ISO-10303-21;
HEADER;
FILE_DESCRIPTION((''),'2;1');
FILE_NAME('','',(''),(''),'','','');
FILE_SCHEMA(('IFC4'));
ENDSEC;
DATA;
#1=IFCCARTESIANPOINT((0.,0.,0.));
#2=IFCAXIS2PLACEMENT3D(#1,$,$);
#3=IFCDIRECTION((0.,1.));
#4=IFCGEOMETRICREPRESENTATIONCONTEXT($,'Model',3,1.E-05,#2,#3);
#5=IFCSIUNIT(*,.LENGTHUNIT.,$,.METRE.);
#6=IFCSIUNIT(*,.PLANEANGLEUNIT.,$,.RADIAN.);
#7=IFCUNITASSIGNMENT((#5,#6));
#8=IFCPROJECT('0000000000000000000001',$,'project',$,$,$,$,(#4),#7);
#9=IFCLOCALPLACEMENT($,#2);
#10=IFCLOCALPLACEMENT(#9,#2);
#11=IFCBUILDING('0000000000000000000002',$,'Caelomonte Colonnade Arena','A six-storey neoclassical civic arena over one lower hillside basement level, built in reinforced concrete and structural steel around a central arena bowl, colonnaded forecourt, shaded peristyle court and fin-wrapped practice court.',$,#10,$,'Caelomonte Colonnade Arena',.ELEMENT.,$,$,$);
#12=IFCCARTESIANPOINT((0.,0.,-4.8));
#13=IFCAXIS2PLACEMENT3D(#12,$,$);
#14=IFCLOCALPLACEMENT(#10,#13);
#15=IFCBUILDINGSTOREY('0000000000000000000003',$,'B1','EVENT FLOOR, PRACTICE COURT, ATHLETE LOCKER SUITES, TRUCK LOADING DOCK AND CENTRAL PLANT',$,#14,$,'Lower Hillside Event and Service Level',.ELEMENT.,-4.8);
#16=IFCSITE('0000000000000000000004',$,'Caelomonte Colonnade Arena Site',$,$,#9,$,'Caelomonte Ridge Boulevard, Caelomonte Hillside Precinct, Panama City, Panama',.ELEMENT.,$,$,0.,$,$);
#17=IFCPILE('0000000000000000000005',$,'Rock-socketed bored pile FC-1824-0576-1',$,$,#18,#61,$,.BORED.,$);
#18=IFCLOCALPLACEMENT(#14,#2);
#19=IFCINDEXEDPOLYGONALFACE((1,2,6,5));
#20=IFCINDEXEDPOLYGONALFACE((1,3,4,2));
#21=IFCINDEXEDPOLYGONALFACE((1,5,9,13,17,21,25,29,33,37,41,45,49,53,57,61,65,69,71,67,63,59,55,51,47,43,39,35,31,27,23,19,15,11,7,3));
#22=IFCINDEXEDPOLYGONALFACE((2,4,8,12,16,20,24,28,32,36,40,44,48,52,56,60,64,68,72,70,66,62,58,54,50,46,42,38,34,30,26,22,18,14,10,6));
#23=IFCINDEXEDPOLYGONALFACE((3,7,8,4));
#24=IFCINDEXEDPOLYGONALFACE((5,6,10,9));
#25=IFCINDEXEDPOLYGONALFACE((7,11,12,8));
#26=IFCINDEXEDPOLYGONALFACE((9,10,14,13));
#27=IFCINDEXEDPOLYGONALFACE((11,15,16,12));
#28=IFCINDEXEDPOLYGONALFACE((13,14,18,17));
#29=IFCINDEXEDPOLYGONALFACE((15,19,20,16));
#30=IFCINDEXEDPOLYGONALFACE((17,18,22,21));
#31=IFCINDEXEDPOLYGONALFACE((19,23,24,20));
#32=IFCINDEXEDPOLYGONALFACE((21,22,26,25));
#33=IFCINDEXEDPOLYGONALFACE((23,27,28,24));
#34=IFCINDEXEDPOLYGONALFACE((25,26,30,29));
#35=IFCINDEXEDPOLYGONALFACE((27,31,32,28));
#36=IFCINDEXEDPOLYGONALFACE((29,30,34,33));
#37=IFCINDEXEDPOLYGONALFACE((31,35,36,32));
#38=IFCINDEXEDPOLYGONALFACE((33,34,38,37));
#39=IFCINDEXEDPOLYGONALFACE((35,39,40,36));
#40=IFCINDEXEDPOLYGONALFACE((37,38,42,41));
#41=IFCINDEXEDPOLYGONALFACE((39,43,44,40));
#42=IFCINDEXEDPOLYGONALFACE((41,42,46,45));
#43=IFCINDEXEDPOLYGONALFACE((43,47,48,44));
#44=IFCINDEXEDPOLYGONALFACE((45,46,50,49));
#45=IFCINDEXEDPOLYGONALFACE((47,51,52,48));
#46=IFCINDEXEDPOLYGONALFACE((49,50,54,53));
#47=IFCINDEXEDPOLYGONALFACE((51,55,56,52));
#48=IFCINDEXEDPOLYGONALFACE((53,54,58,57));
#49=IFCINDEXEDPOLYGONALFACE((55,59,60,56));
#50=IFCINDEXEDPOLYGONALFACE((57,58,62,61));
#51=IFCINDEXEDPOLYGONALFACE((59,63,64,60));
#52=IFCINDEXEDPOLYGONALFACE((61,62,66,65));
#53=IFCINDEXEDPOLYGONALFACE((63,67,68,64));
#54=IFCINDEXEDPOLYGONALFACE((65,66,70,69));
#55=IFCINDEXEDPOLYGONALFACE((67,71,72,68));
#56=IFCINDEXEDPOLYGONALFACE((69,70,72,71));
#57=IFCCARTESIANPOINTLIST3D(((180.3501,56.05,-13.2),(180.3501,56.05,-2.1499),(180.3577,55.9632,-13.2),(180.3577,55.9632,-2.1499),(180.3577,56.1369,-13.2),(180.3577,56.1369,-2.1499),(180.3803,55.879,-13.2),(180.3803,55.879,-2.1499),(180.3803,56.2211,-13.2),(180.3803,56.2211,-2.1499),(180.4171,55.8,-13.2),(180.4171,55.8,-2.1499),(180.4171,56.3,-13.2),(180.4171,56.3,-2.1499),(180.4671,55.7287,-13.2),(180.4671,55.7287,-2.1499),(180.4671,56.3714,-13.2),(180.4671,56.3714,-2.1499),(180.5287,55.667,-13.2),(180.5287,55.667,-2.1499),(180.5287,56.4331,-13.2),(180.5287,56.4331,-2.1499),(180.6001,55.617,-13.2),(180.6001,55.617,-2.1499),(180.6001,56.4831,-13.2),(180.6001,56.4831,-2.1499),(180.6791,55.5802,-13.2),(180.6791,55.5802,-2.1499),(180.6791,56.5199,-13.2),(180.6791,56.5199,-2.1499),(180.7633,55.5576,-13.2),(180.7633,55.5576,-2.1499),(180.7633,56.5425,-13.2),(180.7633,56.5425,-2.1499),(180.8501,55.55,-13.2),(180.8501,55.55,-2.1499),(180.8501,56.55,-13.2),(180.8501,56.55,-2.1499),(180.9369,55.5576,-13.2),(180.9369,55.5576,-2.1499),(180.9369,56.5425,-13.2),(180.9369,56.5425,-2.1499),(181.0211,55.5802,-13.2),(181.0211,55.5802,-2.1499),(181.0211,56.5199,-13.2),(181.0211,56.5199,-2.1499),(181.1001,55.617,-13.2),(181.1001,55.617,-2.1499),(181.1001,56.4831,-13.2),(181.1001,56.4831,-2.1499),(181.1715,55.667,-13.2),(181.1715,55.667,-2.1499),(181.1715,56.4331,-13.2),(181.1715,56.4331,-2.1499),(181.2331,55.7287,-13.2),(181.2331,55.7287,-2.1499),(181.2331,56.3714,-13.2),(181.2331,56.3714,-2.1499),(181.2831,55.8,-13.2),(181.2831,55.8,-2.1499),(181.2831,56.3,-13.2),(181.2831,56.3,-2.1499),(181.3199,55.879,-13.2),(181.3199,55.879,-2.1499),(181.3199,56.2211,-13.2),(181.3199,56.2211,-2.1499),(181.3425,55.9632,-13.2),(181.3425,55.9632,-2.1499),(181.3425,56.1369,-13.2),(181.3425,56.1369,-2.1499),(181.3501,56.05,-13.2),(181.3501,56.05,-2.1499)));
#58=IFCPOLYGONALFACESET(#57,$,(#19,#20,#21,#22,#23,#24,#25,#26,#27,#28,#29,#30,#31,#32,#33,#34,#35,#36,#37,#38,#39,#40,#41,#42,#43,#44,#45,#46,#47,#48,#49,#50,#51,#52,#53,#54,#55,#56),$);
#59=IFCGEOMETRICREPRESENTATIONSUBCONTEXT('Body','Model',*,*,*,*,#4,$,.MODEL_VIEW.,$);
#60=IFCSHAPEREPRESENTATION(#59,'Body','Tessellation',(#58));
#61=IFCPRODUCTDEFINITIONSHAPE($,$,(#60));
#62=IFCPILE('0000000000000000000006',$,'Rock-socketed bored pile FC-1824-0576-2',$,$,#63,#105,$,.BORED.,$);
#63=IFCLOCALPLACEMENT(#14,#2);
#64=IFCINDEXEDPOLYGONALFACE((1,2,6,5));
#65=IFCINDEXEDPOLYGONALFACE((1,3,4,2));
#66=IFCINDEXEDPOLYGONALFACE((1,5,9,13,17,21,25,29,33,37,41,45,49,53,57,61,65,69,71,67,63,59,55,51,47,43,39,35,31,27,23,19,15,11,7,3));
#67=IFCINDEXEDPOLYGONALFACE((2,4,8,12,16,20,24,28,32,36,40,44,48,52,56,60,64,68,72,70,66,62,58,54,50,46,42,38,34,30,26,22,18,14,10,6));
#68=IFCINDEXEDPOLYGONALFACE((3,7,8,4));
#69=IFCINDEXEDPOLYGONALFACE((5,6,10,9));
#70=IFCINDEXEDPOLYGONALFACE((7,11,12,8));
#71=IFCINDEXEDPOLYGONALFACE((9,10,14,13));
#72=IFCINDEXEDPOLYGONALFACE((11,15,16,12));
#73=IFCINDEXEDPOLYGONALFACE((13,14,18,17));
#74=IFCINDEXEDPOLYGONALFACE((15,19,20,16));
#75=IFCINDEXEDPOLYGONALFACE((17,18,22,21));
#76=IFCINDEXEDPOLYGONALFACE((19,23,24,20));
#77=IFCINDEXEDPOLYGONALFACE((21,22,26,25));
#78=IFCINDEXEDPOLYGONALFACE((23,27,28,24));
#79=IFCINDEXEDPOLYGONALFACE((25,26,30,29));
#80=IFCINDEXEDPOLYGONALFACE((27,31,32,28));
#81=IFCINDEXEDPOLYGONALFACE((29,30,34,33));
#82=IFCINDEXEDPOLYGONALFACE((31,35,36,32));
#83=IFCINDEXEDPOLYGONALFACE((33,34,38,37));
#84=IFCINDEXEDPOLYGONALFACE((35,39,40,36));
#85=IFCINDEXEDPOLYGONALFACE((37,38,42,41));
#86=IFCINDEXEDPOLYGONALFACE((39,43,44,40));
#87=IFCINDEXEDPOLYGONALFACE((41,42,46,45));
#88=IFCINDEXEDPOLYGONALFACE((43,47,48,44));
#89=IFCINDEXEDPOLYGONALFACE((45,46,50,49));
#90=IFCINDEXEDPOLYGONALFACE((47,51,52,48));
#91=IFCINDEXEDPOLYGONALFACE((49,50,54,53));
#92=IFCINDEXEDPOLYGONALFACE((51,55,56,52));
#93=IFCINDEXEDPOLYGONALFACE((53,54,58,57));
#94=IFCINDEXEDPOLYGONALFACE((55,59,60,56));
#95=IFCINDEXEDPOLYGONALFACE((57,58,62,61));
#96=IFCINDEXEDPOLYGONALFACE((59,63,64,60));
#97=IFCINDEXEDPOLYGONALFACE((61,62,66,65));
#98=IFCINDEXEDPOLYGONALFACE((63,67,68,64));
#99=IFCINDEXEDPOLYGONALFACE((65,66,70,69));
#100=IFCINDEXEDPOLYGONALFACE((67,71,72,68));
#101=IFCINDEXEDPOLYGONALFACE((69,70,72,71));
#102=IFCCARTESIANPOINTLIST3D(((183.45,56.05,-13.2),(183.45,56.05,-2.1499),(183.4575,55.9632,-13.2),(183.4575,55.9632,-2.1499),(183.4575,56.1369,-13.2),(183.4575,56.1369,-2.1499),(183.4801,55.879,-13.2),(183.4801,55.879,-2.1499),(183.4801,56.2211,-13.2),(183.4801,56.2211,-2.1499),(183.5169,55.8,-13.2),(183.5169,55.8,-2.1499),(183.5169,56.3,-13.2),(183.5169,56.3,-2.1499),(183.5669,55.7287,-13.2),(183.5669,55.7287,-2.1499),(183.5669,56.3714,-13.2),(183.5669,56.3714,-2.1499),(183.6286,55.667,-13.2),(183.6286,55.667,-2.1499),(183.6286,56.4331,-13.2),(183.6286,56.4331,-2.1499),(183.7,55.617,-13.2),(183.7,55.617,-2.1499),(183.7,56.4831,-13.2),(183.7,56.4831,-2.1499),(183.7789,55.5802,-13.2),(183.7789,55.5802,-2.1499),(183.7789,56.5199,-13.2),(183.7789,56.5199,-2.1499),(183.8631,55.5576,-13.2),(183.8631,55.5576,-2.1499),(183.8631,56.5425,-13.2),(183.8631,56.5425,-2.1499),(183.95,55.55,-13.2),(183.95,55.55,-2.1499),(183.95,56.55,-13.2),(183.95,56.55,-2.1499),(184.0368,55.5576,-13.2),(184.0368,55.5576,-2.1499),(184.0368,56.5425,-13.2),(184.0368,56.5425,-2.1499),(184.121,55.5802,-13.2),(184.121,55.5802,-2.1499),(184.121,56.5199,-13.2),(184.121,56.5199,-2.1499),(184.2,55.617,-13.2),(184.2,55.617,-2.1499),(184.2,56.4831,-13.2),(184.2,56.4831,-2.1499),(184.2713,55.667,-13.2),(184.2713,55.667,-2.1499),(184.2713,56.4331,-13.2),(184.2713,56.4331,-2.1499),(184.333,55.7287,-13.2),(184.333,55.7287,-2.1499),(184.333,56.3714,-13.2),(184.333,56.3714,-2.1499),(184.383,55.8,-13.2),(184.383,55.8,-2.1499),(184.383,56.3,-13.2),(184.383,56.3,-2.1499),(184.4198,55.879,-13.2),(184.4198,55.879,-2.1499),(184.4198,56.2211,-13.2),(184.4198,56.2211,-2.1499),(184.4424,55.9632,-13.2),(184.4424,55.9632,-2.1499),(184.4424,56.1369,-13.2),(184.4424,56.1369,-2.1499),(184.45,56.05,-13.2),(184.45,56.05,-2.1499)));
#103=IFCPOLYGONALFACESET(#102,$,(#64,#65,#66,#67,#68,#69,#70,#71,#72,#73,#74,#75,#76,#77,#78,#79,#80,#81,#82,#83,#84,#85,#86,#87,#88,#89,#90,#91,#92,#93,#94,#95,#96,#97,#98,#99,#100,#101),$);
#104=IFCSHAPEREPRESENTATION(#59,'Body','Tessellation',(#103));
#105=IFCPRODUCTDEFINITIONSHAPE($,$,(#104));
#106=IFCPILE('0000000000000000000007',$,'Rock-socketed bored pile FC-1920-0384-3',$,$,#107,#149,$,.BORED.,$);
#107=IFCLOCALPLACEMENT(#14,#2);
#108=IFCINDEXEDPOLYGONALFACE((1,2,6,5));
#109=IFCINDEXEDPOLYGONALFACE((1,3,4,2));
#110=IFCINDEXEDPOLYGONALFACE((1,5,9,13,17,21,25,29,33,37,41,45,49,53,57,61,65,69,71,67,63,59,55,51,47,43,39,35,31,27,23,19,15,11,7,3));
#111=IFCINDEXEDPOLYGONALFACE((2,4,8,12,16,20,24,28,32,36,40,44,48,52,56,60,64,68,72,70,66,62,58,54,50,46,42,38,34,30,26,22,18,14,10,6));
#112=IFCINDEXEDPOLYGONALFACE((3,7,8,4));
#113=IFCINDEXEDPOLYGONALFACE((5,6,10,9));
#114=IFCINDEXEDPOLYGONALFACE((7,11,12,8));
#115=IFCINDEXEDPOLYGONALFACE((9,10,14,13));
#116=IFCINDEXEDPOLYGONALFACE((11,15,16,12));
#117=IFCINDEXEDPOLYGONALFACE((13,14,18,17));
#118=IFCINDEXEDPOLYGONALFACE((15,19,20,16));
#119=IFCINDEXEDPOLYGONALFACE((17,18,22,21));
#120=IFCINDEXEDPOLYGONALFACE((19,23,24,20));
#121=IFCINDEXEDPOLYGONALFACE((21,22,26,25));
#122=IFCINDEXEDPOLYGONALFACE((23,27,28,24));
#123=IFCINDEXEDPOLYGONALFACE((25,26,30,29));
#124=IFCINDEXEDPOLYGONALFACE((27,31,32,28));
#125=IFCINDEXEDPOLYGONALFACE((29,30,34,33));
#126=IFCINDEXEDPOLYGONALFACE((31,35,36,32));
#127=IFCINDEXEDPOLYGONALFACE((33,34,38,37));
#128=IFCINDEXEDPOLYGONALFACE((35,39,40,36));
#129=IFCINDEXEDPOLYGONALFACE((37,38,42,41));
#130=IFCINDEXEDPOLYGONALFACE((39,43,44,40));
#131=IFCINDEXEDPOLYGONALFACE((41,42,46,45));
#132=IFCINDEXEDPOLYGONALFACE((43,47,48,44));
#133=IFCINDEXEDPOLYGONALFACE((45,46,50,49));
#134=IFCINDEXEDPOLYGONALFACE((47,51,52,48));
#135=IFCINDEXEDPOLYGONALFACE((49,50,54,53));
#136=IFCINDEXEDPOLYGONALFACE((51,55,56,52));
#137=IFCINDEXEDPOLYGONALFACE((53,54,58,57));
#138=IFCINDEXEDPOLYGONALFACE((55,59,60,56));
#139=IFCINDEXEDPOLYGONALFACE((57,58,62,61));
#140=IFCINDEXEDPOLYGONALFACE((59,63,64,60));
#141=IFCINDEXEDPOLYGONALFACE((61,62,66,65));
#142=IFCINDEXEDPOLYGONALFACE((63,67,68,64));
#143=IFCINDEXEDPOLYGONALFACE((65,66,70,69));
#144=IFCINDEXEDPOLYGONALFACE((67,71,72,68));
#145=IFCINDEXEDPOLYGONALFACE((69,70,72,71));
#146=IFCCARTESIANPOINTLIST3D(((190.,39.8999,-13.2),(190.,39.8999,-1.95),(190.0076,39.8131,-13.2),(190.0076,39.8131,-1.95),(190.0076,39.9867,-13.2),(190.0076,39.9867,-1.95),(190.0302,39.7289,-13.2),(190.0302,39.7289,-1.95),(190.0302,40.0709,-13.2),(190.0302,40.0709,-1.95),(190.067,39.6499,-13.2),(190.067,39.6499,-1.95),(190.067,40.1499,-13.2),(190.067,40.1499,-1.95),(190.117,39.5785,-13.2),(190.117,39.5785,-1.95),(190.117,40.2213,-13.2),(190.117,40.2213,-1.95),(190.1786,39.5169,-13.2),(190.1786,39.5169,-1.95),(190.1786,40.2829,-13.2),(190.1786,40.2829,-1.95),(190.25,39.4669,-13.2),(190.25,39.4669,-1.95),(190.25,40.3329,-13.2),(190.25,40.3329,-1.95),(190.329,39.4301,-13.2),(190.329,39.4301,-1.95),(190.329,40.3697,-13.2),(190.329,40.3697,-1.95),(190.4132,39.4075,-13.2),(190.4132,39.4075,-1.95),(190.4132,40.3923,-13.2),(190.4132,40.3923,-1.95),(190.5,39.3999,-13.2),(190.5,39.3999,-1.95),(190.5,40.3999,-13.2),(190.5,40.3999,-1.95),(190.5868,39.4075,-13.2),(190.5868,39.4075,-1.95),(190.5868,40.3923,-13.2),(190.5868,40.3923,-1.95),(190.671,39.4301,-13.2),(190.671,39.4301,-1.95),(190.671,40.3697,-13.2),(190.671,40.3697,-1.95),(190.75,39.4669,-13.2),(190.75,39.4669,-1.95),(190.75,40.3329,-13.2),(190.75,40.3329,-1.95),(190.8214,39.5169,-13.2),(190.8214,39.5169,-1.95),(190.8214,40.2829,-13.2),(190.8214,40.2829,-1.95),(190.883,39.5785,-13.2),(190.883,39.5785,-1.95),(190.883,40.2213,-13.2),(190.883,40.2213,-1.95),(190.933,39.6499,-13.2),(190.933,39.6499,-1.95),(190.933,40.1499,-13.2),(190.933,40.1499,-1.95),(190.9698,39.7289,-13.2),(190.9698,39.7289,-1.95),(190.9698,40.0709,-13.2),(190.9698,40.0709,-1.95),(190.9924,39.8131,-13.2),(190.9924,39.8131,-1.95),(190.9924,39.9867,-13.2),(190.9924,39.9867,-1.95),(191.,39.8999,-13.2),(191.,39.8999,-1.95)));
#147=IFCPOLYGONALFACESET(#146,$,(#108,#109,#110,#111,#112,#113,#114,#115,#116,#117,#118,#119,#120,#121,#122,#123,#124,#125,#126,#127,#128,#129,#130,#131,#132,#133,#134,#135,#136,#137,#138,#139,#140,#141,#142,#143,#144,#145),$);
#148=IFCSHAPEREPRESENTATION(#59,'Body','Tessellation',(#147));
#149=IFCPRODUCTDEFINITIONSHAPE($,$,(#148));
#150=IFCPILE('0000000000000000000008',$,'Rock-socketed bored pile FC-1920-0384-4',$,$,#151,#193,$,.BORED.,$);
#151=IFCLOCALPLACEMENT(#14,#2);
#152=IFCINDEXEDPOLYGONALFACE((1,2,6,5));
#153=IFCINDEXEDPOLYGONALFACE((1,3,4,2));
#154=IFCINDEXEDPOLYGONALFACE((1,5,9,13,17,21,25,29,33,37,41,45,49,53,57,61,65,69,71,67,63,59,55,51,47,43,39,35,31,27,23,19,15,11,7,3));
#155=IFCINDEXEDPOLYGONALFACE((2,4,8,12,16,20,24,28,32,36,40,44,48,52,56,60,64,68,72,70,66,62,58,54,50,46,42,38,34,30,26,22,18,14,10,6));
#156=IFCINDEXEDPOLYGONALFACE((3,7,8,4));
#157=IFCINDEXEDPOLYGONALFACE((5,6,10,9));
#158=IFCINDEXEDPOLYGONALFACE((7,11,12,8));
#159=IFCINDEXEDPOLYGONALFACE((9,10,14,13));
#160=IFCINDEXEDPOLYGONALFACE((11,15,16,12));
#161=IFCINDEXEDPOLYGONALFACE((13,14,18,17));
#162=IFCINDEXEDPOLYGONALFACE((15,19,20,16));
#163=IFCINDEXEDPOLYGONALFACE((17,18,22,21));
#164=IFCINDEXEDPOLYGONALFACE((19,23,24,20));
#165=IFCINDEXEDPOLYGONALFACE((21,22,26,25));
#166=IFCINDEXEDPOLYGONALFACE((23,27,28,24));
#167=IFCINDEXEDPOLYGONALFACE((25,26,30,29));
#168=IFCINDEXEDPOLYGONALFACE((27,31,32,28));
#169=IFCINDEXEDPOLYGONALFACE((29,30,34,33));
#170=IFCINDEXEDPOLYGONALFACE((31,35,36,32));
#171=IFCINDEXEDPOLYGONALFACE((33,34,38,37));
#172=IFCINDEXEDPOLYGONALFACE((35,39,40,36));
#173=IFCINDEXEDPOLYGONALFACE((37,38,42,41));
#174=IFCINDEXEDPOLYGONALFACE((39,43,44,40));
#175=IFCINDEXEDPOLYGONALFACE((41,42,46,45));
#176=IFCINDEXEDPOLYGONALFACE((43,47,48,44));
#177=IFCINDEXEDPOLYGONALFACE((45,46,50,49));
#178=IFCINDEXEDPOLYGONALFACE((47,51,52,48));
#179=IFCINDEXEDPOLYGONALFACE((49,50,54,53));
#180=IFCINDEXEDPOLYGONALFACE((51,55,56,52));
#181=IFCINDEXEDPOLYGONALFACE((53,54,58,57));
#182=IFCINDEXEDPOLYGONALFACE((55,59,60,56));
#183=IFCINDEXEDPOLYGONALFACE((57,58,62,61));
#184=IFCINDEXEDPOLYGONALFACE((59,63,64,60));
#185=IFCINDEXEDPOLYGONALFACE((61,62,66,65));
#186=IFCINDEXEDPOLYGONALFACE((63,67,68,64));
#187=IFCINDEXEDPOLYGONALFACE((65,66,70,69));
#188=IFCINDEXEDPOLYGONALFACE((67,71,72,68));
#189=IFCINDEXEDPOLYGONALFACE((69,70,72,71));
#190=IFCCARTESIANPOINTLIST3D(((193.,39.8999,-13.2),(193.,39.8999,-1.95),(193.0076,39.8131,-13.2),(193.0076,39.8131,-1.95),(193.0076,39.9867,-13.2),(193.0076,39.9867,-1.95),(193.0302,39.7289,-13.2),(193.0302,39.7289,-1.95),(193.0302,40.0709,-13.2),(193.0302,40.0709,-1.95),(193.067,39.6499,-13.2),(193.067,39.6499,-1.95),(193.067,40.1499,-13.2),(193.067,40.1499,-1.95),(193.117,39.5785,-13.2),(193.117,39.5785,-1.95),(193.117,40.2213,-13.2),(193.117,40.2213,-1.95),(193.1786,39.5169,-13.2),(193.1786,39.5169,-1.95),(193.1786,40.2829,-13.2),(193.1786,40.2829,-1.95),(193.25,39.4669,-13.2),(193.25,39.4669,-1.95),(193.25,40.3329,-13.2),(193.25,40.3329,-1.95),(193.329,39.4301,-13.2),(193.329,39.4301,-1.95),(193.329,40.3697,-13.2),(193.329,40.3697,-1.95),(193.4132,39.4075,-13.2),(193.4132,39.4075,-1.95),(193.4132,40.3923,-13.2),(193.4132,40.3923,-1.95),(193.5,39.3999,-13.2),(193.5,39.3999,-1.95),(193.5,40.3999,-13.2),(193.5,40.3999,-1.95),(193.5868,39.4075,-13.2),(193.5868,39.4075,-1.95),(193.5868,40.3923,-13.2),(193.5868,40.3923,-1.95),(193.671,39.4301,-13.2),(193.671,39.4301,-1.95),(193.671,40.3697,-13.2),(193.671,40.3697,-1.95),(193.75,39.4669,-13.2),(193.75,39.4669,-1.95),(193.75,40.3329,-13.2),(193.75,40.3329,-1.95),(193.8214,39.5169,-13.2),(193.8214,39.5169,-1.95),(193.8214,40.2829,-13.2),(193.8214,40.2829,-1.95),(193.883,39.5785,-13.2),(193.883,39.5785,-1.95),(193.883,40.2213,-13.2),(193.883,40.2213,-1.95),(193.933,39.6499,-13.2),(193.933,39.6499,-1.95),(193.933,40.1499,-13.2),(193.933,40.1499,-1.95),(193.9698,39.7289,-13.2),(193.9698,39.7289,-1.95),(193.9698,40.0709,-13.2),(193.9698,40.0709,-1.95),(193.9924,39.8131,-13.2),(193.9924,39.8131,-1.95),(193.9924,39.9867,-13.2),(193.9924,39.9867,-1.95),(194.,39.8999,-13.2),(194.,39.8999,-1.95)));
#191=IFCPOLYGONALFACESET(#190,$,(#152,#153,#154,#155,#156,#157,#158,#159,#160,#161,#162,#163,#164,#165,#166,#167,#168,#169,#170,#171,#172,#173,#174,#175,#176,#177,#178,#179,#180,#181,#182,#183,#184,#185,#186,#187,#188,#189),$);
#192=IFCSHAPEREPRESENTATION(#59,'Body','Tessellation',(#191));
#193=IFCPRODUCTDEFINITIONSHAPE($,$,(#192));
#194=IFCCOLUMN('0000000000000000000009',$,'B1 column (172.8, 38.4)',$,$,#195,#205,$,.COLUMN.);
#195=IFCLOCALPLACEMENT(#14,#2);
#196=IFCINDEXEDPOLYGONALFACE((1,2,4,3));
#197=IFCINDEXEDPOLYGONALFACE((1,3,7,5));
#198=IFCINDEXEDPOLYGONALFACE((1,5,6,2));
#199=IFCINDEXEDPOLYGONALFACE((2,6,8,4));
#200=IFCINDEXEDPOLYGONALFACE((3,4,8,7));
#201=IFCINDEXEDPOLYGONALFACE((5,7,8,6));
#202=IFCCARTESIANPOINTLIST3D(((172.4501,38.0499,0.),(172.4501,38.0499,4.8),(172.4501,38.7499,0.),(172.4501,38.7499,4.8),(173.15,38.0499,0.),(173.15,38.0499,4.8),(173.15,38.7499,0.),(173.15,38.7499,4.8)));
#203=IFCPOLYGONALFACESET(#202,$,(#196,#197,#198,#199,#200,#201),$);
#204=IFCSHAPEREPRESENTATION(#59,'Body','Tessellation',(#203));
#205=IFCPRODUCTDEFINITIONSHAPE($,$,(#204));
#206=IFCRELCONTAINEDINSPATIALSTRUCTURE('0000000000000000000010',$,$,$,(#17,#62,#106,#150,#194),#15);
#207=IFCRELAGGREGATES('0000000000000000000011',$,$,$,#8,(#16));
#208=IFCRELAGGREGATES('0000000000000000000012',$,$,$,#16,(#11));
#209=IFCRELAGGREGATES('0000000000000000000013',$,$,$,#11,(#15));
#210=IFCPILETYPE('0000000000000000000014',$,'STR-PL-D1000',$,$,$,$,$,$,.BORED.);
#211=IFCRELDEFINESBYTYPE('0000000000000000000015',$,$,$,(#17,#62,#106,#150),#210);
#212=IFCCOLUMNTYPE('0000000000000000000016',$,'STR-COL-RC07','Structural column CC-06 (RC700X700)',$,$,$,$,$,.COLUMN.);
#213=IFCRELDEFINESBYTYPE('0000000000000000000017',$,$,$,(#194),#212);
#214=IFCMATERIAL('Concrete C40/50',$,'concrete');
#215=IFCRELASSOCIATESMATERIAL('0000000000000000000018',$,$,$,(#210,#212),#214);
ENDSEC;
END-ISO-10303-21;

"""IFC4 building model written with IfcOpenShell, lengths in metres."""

from ifc_helpers import new_model, si_unit, direction, frame, origin, origin_2d, place, context, subcontext, project, spatial, rectangle, circle, extrude, material, material_profile, profile_set, type_object, element, save


model = new_model("IFC4")

# Units and contexts
model_context = context("Model", 3, precision=1e-05, world=origin(), true_north=direction((0.0, 1.0)))
body_context = subcontext(model_context, "Body", "Model", "MODEL_VIEW")
ifc_project = project(units=[si_unit("LENGTHUNIT", "METRE"), si_unit("PLANEANGLEUNIT", "RADIAN")], contexts=[model_context])

# Site, building, storey
site_placement = place(None, origin())
site = spatial("IfcSite", under=ifc_project, at=site_placement, Name="Caelomonte Colonnade Arena Site", LongName="Caelomonte Ridge Boulevard, Caelomonte Hillside Precinct, Panama City, Panama", CompositionType="ELEMENT", RefElevation=0.0)
building_placement = place(site_placement, origin())
building = spatial("IfcBuilding", under=site, at=building_placement, Name="Caelomonte Colonnade Arena", Description="A six-storey neoclassical civic arena over one lower hillside basement level, built in reinforced concrete and structural steel around a central arena bowl, colonnaded forecourt, shaded peristyle court and fin-wrapped practice court.", LongName="Caelomonte Colonnade Arena", CompositionType="ELEMENT")
storey_placement = place(building_placement, frame((0.0, 0.0, -4.8)))
storey = spatial("IfcBuildingStorey", under=building, at=storey_placement, Name="B1", Description="EVENT FLOOR, PRACTICE COURT, ATHLETE LOCKER SUITES, TRUCK LOADING DOCK AND CENTRAL PLANT", LongName="Lower Hillside Event and Service Level", CompositionType="ELEMENT", Elevation=-4.8)

# Shared definitions
ifc_material_1 = material(Name="Concrete C40/50", Category="concrete")

# Piles
ifc_material_profile_1 = material_profile(ifc_material_1, circle(Radius=0.5, at=origin_2d()), Name="PILE-D1000")
ifc_profile_set_1 = profile_set([ifc_material_profile_1], Name="Concrete C40/50")
pile_type = type_object("IfcPileType", Name="STR-PL-D1000", PredefinedType="BORED", material=ifc_profile_set_1)
for number, where, z_axis, x_axis, name in (
    (1, (180.8501, 56.05, -2.1499), (0.0, 0.0, -1.0), (1.0, 0.0, 0.0), "Rock-socketed bored pile FC-1824-0576-1"),
    (2, (183.95, 56.05, -2.1499), (0.0, 0.0, -1.0), (1.0, 0.0, 0.0), "Rock-socketed bored pile FC-1824-0576-2"),
):
    element("IfcPile", number, at=place(storey_placement, frame(where, z_axis=z_axis, x_axis=x_axis)), inside=storey, type_object=pile_type, Name=name, PredefinedType="BORED", context=body_context, shape_type="SweptSolid", body=[
        extrude(circle(Radius=0.5, at=origin_2d()), origin(), (0.0, 0.0, 1.0), 11.05),
    ])
for number, where, z_axis, x_axis, name in (
    (3, (190.5, 39.8999, -1.95), (0.0, 0.0, -1.0), (1.0, 0.0, 0.0), "Rock-socketed bored pile FC-1920-0384-3"),
    (4, (193.5, 39.8999, -1.95), (0.0, 0.0, -1.0), (1.0, 0.0, 0.0), "Rock-socketed bored pile FC-1920-0384-4"),
):
    element("IfcPile", number, at=place(storey_placement, frame(where, z_axis=z_axis, x_axis=x_axis)), inside=storey, type_object=pile_type, Name=name, PredefinedType="BORED", context=body_context, shape_type="SweptSolid", body=[
        extrude(circle(Radius=0.5, at=origin_2d()), origin(), (0.0, 0.0, 1.0), 11.25),
    ])

# Column
ifc_material_profile_2 = material_profile(ifc_material_1, rectangle(XDim=0.7, YDim=0.7, at=origin_2d()), Name="RC700X700")
ifc_profile_set_2 = profile_set([ifc_material_profile_2], Name="Concrete C40/50")
column_type = type_object("IfcColumnType", Name="STR-COL-RC07", Description="Structural column CC-06 (RC700X700)", PredefinedType="COLUMN", material=ifc_profile_set_2)
for number, where, z_axis, x_axis, name in (
    (5, (172.8, 38.3999, 0.0), (0.0, 0.0, 1.0), (1.0, 0.0, 0.0), "B1 column (172.8, 38.4)"),
):
    element("IfcColumn", number, at=place(storey_placement, frame(where, z_axis=z_axis, x_axis=x_axis)), inside=storey, type_object=column_type, Name=name, PredefinedType="COLUMN", context=body_context, shape_type="SweptSolid", body=[
        extrude(rectangle(XDim=0.7, YDim=0.7, at=origin_2d()), origin(), (0.0, 0.0, 1.0), 4.8),
    ])

save(model, "model.ifc")
